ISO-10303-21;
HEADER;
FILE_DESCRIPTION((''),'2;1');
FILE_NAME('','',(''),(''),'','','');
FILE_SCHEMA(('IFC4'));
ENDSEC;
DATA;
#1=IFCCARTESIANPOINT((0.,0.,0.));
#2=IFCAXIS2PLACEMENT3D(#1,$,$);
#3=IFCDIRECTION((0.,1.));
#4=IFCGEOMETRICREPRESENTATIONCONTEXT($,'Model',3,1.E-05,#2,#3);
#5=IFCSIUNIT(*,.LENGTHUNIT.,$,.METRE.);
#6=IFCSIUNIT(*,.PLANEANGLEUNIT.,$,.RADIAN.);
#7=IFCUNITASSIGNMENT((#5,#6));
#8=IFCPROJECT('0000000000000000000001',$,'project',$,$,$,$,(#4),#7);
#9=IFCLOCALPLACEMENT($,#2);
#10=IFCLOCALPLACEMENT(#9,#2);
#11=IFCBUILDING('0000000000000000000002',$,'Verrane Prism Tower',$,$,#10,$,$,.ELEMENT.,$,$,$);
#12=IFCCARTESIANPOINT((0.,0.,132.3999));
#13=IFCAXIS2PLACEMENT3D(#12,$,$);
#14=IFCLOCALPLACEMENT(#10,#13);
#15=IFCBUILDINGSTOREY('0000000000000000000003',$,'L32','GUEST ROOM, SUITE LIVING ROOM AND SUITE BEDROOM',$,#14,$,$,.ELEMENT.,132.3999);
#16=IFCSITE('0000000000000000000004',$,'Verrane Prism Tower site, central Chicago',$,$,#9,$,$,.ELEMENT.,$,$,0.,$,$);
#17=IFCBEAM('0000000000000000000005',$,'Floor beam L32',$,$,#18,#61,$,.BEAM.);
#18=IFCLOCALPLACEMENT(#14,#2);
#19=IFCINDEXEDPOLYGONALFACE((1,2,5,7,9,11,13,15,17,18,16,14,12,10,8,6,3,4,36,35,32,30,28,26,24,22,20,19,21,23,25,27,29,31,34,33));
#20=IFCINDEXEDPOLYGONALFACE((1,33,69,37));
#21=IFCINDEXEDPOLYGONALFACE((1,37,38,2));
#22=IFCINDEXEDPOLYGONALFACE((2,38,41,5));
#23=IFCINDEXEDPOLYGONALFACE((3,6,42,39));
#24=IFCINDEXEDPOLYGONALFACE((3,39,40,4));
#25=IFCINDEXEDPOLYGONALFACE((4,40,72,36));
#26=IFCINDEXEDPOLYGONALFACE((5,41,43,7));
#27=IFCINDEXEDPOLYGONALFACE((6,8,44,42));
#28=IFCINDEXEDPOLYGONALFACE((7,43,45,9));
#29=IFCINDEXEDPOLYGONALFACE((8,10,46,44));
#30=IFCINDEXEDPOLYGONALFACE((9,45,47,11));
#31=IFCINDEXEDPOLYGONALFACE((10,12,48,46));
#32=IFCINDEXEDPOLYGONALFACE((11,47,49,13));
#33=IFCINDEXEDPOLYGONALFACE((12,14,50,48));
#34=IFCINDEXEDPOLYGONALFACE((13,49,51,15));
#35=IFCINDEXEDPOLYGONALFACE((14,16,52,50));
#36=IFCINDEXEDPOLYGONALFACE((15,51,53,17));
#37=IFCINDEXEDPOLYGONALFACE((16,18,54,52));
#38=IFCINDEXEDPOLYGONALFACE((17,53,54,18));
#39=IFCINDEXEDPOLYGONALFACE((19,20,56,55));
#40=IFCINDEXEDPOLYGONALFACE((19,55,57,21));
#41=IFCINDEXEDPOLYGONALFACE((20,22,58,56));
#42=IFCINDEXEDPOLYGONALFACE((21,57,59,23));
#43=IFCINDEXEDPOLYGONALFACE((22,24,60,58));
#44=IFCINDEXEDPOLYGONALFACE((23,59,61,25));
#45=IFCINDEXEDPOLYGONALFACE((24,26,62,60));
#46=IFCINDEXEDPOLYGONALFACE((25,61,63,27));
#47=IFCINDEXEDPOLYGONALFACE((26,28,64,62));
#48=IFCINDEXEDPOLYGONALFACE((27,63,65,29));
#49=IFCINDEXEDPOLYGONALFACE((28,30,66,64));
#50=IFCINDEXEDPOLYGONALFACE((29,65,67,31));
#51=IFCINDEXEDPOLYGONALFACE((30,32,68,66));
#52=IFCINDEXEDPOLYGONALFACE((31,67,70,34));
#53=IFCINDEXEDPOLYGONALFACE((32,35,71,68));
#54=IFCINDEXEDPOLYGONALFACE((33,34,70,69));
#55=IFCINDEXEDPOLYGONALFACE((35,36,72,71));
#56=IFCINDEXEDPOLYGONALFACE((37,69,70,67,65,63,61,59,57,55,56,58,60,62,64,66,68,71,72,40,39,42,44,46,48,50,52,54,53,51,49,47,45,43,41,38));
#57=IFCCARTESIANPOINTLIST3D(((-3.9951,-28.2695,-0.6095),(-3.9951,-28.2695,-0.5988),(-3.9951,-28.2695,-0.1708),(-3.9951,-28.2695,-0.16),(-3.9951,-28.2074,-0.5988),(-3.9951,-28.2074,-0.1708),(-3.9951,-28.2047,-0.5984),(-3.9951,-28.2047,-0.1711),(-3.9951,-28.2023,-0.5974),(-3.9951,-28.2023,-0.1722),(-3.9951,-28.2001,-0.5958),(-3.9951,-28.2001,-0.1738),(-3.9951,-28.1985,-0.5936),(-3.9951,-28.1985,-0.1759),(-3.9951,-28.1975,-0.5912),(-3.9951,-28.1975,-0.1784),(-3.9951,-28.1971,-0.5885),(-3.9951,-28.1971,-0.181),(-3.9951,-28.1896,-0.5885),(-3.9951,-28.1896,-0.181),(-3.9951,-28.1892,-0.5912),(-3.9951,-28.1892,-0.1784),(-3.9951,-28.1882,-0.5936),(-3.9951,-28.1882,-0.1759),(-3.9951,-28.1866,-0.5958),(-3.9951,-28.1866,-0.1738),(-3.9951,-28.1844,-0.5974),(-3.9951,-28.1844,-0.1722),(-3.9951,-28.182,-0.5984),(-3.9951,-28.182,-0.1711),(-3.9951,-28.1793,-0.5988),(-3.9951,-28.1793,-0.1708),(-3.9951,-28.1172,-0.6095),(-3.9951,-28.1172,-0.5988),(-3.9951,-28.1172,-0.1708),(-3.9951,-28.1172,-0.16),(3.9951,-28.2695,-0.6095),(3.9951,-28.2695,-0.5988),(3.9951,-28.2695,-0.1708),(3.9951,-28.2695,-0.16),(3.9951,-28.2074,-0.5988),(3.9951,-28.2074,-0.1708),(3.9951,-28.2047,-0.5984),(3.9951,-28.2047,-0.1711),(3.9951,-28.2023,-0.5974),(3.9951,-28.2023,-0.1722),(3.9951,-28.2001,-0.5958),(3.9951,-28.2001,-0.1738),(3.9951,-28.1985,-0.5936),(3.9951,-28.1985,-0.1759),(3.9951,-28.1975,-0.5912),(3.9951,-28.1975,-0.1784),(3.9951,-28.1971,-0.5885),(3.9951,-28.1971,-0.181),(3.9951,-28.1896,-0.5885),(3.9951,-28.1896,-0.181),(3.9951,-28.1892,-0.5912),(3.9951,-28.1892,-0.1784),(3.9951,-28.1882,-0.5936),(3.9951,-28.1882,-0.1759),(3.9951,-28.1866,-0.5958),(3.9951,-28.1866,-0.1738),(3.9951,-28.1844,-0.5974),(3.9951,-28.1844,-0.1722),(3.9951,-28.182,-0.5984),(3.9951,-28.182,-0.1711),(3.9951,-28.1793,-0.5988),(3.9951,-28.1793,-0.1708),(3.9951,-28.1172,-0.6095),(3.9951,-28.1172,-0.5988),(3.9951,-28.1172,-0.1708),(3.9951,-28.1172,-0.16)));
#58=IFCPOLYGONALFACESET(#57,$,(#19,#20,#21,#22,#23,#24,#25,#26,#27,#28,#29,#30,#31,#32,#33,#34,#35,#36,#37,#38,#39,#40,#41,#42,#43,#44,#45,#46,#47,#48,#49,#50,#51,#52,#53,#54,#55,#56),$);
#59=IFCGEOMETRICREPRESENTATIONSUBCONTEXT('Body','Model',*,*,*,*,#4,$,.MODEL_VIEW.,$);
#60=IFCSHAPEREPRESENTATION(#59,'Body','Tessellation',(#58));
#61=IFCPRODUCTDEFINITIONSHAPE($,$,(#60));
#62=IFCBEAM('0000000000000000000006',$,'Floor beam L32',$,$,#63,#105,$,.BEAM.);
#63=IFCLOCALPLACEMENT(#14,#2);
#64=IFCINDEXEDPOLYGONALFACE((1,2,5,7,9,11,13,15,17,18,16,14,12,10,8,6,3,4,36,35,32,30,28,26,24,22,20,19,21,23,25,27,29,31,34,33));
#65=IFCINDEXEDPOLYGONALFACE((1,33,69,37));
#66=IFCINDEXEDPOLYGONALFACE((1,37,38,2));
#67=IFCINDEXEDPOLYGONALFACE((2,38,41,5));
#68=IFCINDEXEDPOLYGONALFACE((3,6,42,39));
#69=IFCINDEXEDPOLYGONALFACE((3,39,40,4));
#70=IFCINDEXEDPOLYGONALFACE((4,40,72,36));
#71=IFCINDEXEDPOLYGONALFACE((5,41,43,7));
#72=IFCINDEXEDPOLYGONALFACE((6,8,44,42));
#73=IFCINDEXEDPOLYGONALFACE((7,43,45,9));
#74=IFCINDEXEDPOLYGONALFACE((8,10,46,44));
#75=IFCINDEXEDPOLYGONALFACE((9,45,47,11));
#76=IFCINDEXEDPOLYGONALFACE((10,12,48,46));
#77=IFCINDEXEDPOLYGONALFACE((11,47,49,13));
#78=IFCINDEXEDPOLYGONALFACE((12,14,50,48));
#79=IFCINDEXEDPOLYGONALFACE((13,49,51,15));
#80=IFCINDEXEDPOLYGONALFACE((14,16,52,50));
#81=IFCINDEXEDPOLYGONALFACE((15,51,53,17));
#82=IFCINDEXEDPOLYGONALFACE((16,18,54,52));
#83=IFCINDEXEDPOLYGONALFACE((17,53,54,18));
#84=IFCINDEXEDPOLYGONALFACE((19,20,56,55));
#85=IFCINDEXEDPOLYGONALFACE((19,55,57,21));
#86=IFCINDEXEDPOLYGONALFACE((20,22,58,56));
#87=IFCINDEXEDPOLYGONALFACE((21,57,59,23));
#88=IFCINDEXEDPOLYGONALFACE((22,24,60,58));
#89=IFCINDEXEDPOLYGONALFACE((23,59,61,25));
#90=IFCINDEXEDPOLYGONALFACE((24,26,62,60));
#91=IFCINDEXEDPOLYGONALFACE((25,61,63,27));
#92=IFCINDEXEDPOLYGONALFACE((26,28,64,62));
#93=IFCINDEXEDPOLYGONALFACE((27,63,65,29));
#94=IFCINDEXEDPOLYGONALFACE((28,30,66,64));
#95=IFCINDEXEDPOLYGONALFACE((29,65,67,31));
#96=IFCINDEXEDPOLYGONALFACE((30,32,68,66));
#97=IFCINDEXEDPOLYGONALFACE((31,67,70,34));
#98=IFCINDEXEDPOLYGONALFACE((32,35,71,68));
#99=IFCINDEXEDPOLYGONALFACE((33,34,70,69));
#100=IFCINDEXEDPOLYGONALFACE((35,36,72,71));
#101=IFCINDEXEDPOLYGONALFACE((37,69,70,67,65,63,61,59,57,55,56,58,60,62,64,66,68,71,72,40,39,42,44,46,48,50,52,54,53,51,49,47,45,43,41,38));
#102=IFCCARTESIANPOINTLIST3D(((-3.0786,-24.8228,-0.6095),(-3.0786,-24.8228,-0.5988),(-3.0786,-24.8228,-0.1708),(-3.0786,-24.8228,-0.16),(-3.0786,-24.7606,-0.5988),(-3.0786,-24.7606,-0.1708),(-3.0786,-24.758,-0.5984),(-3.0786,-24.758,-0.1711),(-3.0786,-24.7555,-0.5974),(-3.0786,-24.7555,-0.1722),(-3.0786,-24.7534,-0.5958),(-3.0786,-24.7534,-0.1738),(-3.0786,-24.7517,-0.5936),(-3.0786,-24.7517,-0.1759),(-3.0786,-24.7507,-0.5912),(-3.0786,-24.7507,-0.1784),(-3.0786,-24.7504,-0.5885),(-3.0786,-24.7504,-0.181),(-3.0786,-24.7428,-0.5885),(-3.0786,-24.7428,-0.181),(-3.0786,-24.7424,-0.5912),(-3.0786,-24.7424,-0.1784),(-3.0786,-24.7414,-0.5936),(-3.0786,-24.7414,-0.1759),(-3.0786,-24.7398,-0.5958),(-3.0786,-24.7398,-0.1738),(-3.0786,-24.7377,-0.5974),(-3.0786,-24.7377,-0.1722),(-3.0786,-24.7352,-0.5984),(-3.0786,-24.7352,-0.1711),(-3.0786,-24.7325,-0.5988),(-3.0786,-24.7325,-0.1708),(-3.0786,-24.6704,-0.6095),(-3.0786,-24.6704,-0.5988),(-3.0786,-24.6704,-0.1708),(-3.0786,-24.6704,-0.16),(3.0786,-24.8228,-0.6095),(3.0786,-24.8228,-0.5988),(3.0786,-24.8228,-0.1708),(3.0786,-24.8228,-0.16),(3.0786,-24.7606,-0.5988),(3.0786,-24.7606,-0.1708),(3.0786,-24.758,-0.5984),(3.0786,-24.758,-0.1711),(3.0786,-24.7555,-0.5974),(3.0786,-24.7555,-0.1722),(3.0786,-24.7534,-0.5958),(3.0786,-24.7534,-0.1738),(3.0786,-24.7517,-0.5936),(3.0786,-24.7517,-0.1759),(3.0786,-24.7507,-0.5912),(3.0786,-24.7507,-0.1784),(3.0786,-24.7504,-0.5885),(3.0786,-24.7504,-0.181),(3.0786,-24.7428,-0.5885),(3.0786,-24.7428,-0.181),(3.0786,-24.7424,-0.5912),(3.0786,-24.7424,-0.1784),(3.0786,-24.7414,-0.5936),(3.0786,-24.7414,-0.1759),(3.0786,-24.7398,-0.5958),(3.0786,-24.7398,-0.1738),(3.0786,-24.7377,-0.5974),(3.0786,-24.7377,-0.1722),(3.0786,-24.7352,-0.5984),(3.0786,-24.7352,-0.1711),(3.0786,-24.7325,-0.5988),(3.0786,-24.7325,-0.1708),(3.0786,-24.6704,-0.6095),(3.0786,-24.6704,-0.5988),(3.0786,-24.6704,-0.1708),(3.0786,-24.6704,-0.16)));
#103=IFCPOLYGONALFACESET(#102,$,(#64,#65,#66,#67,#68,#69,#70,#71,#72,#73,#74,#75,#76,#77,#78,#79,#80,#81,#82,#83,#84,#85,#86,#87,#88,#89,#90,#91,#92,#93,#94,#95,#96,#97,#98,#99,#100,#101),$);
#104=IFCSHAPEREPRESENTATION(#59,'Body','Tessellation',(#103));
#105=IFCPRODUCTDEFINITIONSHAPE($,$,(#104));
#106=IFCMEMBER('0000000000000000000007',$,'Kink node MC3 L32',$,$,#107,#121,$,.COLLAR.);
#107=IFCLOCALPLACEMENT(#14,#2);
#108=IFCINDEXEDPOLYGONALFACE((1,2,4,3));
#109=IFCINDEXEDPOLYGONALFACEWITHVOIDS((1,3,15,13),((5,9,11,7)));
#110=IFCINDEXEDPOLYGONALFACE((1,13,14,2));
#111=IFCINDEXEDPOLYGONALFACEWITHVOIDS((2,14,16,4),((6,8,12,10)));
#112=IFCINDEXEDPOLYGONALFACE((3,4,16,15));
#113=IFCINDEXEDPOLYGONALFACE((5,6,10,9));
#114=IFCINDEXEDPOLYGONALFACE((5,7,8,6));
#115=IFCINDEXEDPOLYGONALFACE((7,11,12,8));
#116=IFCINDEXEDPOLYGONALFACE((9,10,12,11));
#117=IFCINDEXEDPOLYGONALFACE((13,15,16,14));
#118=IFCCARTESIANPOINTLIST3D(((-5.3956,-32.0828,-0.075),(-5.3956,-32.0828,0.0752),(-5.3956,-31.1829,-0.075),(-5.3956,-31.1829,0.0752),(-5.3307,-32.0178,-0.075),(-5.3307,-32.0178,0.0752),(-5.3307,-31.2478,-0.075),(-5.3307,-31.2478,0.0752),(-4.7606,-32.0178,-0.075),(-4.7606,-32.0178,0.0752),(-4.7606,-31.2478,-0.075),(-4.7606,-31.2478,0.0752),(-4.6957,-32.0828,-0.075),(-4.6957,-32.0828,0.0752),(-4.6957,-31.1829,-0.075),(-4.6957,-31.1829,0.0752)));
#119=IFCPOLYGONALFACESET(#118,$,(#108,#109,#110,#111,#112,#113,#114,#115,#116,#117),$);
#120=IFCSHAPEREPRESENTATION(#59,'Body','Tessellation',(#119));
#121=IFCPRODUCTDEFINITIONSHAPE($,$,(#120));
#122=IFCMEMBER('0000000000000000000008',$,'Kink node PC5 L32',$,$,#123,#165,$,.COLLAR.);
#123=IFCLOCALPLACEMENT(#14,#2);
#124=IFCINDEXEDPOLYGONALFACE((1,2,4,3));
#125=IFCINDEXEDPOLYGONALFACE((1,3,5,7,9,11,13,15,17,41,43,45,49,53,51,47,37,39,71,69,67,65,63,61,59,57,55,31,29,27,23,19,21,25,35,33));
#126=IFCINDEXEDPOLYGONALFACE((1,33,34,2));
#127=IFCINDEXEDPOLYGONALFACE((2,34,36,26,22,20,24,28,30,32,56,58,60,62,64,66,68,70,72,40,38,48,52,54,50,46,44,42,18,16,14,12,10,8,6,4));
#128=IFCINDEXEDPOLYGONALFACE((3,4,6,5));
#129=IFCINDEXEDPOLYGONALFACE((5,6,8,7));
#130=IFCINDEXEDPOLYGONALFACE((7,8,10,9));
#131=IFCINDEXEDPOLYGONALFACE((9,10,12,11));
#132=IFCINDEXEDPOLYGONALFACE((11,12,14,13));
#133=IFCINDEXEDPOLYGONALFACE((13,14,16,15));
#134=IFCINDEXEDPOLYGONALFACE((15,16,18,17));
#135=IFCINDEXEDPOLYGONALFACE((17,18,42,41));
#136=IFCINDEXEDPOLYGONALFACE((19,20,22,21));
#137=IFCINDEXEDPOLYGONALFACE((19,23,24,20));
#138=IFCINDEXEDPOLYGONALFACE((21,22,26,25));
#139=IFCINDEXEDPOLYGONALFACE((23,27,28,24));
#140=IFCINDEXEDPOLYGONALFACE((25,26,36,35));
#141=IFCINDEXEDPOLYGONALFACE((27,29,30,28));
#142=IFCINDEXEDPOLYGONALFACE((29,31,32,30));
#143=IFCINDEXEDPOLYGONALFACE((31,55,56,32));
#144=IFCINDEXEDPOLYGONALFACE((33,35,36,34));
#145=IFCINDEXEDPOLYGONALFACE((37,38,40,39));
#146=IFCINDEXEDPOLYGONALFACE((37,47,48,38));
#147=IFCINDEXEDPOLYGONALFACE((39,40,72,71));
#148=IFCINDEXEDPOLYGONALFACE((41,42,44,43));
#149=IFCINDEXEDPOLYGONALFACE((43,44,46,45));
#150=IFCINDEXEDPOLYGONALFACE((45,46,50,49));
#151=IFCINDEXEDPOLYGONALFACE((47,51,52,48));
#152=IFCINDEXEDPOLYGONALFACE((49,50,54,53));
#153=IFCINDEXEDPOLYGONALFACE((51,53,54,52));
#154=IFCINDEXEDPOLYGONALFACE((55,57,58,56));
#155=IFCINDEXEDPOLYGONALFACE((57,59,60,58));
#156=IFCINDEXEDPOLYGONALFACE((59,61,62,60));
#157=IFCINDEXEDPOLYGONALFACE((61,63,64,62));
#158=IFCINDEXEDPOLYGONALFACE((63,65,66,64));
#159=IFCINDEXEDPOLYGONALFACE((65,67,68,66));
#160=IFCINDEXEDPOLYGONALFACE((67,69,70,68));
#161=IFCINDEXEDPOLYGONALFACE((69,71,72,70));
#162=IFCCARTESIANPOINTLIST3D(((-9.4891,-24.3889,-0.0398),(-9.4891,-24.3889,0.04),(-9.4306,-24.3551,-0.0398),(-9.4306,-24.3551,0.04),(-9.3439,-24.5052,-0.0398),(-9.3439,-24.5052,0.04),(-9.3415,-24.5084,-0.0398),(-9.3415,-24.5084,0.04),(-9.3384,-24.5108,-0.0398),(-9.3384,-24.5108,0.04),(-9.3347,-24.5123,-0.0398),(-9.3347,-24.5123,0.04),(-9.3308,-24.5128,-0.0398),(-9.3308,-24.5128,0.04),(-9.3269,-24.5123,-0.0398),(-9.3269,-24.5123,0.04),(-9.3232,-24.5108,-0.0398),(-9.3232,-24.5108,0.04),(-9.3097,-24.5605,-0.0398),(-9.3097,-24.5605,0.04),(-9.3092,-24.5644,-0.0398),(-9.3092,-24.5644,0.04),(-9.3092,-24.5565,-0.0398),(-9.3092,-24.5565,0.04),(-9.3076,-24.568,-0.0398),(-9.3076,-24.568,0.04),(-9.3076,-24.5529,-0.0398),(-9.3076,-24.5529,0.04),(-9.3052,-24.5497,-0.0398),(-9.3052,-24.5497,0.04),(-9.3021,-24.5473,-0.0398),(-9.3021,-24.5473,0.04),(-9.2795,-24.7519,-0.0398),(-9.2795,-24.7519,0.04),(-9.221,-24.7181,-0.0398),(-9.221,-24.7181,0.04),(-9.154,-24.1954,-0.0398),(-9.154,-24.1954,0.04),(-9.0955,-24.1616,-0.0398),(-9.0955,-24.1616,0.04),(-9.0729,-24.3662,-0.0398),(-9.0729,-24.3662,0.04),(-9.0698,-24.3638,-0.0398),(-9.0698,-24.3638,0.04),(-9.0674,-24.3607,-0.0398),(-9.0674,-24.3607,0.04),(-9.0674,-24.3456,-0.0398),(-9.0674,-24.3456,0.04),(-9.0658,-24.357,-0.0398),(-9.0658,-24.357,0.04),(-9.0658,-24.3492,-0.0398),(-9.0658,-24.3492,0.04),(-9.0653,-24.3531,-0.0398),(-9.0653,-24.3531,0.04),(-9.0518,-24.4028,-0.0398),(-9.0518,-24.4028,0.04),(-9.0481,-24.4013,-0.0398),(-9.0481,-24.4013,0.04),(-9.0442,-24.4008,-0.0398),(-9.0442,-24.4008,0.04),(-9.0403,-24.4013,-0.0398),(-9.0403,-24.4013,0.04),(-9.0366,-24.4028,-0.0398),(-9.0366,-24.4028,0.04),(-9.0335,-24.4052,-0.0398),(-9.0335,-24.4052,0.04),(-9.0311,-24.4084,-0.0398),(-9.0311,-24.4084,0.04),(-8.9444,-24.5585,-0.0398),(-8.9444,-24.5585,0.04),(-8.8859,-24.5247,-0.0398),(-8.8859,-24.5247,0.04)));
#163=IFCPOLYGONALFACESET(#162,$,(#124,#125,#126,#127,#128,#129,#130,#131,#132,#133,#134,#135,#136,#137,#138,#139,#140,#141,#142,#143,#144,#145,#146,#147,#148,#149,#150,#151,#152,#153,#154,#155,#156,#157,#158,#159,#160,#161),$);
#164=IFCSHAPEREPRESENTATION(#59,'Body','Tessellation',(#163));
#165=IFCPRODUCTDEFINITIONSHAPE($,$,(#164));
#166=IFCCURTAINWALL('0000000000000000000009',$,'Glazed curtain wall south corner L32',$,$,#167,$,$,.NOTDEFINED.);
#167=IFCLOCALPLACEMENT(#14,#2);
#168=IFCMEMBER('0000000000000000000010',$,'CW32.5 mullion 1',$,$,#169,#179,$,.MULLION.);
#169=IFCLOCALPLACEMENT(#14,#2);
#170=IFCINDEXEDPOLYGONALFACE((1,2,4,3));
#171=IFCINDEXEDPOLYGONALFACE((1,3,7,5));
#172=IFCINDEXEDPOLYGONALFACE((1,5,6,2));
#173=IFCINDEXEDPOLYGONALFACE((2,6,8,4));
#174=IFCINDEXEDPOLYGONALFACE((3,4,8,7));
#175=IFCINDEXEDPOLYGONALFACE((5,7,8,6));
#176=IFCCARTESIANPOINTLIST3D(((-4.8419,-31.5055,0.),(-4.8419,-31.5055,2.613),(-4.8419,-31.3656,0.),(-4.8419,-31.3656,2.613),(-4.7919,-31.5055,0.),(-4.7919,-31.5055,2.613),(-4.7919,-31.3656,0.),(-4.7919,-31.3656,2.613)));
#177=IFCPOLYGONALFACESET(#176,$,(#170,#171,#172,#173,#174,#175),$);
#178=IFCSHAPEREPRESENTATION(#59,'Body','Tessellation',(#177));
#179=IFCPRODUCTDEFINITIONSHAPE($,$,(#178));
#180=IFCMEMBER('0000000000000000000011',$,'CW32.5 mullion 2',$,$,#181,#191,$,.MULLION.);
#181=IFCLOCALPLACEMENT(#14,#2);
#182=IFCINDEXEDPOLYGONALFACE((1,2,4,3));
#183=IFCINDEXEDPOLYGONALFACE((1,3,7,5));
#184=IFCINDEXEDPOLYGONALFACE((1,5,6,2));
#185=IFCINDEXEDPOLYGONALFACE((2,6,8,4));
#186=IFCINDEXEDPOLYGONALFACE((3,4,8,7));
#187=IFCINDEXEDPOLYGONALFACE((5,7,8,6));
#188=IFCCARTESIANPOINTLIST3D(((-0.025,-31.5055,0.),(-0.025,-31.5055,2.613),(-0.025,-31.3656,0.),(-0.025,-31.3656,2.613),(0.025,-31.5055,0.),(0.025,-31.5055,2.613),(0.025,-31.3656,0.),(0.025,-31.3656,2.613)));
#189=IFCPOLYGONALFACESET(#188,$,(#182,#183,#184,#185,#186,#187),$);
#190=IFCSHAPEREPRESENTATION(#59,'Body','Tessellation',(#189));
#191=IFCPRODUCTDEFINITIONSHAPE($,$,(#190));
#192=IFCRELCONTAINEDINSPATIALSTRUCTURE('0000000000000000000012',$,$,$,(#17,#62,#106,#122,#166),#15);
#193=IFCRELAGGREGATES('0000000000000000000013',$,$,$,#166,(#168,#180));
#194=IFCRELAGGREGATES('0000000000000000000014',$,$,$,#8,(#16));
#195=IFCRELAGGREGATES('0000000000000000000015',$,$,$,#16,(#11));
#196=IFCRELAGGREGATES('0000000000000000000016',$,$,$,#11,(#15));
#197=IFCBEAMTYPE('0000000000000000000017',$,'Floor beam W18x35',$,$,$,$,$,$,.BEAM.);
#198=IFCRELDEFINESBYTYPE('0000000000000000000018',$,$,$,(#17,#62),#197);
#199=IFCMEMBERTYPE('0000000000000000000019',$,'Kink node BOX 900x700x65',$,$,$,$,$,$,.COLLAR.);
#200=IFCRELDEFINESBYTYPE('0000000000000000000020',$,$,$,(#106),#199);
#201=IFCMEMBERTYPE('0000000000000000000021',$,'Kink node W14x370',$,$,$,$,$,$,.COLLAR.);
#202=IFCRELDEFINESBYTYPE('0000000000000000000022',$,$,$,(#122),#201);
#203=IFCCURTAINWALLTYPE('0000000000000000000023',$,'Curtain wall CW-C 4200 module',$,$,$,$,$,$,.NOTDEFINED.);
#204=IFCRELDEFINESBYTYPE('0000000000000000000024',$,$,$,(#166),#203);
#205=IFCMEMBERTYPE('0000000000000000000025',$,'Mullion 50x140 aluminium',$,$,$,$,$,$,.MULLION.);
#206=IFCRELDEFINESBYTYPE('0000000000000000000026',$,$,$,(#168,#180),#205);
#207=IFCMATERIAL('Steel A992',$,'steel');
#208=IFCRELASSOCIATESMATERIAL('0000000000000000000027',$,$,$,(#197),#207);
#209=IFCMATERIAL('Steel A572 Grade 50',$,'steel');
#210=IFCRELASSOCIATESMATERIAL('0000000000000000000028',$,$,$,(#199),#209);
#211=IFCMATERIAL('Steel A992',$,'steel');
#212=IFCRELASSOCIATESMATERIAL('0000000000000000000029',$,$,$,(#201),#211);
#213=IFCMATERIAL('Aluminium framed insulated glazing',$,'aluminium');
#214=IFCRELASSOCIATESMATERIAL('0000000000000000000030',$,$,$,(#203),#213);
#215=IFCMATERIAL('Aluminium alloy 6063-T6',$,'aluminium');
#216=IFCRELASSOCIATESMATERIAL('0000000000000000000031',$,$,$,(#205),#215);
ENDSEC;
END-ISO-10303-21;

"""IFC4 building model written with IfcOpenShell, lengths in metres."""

from ifc_helpers import new_model, si_unit, direction, frame, origin, origin_2d, place, context, subcontext, project, spatial, rectangle, hollow_rectangle, i_section, extrude, material, material_profile, profile_set, type_object, element, aggregate, save


model = new_model("IFC4")

# Units and contexts
model_context = context("Model", 3, precision=1e-05, world=origin(), true_north=direction((0.0, 1.0)))
body_context = subcontext(model_context, "Body", "Model", "MODEL_VIEW")
ifc_project = project(units=[si_unit("LENGTHUNIT", "METRE"), si_unit("PLANEANGLEUNIT", "RADIAN")], contexts=[model_context])

# Site, building, storey
site_placement = place(None, origin())
site = spatial("IfcSite", under=ifc_project, at=site_placement, Name="Verrane Prism Tower site, central Chicago", CompositionType="ELEMENT", RefElevation=0.0)
building_placement = place(site_placement, origin())
building = spatial("IfcBuilding", under=site, at=building_placement, Name="Verrane Prism Tower", CompositionType="ELEMENT")
storey_placement = place(building_placement, frame((0.0, 0.0, 132.3999)))
storey = spatial("IfcBuildingStorey", under=building, at=storey_placement, Name="L32", Description="GUEST ROOM, SUITE LIVING ROOM AND SUITE BEDROOM", CompositionType="ELEMENT", Elevation=132.3999)

# Beams
ifc_material_1 = material(Name="Steel A992", Category="steel")
ifc_material_profile_1 = material_profile(ifc_material_1, i_section(OverallWidth=0.1523, OverallDepth=0.4495, WebThickness=0.0076, FlangeThickness=0.0107, FilletRadius=0.0103, at=origin_2d()), Name="W18x35")
ifc_profile_set_1 = profile_set([ifc_material_profile_1], Name="Steel A992")
beam_type_1 = type_object("IfcBeamType", Name="Floor beam W18x35", PredefinedType="BEAM", material=ifc_profile_set_1)
beam_1_placement = place(storey_placement, frame((-3.9951, -28.1934, -0.3848), z_axis=(1.0, 0.0, 0.0), x_axis=(0.0, 1.0, 0.0)))
element("IfcBeam", 1, at=beam_1_placement, inside=storey, type_object=beam_type_1, Name="Floor beam L32", PredefinedType="BEAM", context=body_context, shape_type="SweptSolid", body=[
    extrude(i_section(OverallWidth=0.1523, OverallDepth=0.4495, WebThickness=0.0076, FlangeThickness=0.0107, FilletRadius=0.0103, at=origin_2d()), origin(), (0.0, 0.0, 1.0), 7.9902),
])
beam_2_placement = place(storey_placement, frame((-3.0786, -24.7466, -0.3848), z_axis=(1.0, 0.0, 0.0), x_axis=(0.0, 1.0, 0.0)))
element("IfcBeam", 2, at=beam_2_placement, inside=storey, type_object=beam_type_1, Name="Floor beam L32", PredefinedType="BEAM", context=body_context, shape_type="SweptSolid", body=[
    extrude(i_section(OverallWidth=0.1523, OverallDepth=0.4495, WebThickness=0.0076, FlangeThickness=0.0107, FilletRadius=0.0103, at=origin_2d()), origin(), (0.0, 0.0, 1.0), 6.1572),
])

# Members
ifc_material_2 = material(Name="Steel A572 Grade 50", Category="steel")
ifc_material_profile_2 = material_profile(ifc_material_2, hollow_rectangle(XDim=0.7, YDim=0.8999, WallThickness=0.0649, at=origin_2d()), Name="BOX 900x700x65")
ifc_profile_set_2 = profile_set([ifc_material_profile_2], Name="Steel A572 Grade 50")
member_type_1 = type_object("IfcMemberType", Name="Kink node BOX 900x700x65", PredefinedType="COLLAR", material=ifc_profile_set_2)
member_1_placement = place(storey_placement, frame((-5.0457, -31.6328, -0.075), z_axis=(0.0, 0.0, 1.0), x_axis=(-1.0, 0.0, 0.0)))
element("IfcMember", 3, at=member_1_placement, inside=storey, type_object=member_type_1, Name="Kink node MC3 L32", PredefinedType="COLLAR", context=body_context, shape_type="SweptSolid", body=[
    extrude(hollow_rectangle(XDim=0.7, YDim=0.8999, WallThickness=0.0649, at=origin_2d()), origin(), (0.0, 0.0, 1.0), 0.1501),
])
ifc_material_3 = material(Name="Steel A992", Category="steel")
ifc_material_profile_3 = material_profile(ifc_material_3, i_section(OverallWidth=0.4192, OverallDepth=0.4546, WebThickness=0.0422, FlangeThickness=0.0676, FilletRadius=0.0151, at=origin_2d()), Name="W14x370")
ifc_profile_set_3 = profile_set([ifc_material_profile_3], Name="Steel A992")
member_type_2 = type_object("IfcMemberType", Name="Kink node W14x370", PredefinedType="COLLAR", material=ifc_profile_set_3)
member_2_placement = place(storey_placement, frame((-9.1875, -24.4568, -0.0398), z_axis=(0.0, 0.0, 1.0), x_axis=(-0.5, 0.866025, 0.0)))
element("IfcMember", 4, at=member_2_placement, inside=storey, type_object=member_type_2, Name="Kink node PC5 L32", PredefinedType="COLLAR", context=body_context, shape_type="SweptSolid", body=[
    extrude(i_section(OverallWidth=0.4192, OverallDepth=0.4546, WebThickness=0.0422, FlangeThickness=0.0676, FilletRadius=0.0151, at=origin_2d()), origin(), (0.0, 0.0, 1.0), 0.0798),
])

# Curtain wall, members
ifc_material_4 = material(Name="Aluminium framed insulated glazing", Category="aluminium")
curtain_wall_type_1 = type_object("IfcCurtainWallType", Name="Curtain wall CW-C 4200 module", PredefinedType="NOTDEFINED", material=ifc_material_4)
curtain_wall_1_placement = place(storey_placement, origin())
curtain_wall_1 = element("IfcCurtainWall", 5, at=curtain_wall_1_placement, inside=storey, type_object=curtain_wall_type_1, Name="Glazed curtain wall south corner L32", PredefinedType="NOTDEFINED")
ifc_material_5 = material(Name="Aluminium alloy 6063-T6", Category="aluminium")
ifc_material_profile_4 = material_profile(ifc_material_5, rectangle(XDim=0.1399, YDim=0.05, at=origin_2d()), Name="Mullion 50x140 aluminium")
ifc_profile_set_4 = profile_set([ifc_material_profile_4], Name="Aluminium alloy 6063-T6")
member_type_3 = type_object("IfcMemberType", Name="Mullion 50x140 aluminium", PredefinedType="MULLION", material=ifc_profile_set_4)
member_3_placement = place(storey_placement, frame((-4.8169, -31.4355, 0.0), z_axis=(0.0, 0.0, 1.0), x_axis=(0.0, 1.0, 0.0)))
member_3 = element("IfcMember", 6, at=member_3_placement, type_object=member_type_3, Name="CW32.5 mullion 1", PredefinedType="MULLION", context=body_context, shape_type="SweptSolid", body=[
    extrude(rectangle(XDim=0.1399, YDim=0.05, at=origin_2d()), origin(), (0.0, 0.0, 1.0), 2.613),
])
member_4_placement = place(storey_placement, frame((0.0, -31.4355, 0.0), z_axis=(0.0, 0.0, 1.0), x_axis=(0.0, 1.0, 0.0)))
member_4 = element("IfcMember", 7, at=member_4_placement, type_object=member_type_3, Name="CW32.5 mullion 2", PredefinedType="MULLION", context=body_context, shape_type="SweptSolid", body=[
    extrude(rectangle(XDim=0.1399, YDim=0.05, at=origin_2d()), origin(), (0.0, 0.0, 1.0), 2.613),
])

aggregate(curtain_wall_1, [member_3, member_4])

save(model, "model.ifc")
